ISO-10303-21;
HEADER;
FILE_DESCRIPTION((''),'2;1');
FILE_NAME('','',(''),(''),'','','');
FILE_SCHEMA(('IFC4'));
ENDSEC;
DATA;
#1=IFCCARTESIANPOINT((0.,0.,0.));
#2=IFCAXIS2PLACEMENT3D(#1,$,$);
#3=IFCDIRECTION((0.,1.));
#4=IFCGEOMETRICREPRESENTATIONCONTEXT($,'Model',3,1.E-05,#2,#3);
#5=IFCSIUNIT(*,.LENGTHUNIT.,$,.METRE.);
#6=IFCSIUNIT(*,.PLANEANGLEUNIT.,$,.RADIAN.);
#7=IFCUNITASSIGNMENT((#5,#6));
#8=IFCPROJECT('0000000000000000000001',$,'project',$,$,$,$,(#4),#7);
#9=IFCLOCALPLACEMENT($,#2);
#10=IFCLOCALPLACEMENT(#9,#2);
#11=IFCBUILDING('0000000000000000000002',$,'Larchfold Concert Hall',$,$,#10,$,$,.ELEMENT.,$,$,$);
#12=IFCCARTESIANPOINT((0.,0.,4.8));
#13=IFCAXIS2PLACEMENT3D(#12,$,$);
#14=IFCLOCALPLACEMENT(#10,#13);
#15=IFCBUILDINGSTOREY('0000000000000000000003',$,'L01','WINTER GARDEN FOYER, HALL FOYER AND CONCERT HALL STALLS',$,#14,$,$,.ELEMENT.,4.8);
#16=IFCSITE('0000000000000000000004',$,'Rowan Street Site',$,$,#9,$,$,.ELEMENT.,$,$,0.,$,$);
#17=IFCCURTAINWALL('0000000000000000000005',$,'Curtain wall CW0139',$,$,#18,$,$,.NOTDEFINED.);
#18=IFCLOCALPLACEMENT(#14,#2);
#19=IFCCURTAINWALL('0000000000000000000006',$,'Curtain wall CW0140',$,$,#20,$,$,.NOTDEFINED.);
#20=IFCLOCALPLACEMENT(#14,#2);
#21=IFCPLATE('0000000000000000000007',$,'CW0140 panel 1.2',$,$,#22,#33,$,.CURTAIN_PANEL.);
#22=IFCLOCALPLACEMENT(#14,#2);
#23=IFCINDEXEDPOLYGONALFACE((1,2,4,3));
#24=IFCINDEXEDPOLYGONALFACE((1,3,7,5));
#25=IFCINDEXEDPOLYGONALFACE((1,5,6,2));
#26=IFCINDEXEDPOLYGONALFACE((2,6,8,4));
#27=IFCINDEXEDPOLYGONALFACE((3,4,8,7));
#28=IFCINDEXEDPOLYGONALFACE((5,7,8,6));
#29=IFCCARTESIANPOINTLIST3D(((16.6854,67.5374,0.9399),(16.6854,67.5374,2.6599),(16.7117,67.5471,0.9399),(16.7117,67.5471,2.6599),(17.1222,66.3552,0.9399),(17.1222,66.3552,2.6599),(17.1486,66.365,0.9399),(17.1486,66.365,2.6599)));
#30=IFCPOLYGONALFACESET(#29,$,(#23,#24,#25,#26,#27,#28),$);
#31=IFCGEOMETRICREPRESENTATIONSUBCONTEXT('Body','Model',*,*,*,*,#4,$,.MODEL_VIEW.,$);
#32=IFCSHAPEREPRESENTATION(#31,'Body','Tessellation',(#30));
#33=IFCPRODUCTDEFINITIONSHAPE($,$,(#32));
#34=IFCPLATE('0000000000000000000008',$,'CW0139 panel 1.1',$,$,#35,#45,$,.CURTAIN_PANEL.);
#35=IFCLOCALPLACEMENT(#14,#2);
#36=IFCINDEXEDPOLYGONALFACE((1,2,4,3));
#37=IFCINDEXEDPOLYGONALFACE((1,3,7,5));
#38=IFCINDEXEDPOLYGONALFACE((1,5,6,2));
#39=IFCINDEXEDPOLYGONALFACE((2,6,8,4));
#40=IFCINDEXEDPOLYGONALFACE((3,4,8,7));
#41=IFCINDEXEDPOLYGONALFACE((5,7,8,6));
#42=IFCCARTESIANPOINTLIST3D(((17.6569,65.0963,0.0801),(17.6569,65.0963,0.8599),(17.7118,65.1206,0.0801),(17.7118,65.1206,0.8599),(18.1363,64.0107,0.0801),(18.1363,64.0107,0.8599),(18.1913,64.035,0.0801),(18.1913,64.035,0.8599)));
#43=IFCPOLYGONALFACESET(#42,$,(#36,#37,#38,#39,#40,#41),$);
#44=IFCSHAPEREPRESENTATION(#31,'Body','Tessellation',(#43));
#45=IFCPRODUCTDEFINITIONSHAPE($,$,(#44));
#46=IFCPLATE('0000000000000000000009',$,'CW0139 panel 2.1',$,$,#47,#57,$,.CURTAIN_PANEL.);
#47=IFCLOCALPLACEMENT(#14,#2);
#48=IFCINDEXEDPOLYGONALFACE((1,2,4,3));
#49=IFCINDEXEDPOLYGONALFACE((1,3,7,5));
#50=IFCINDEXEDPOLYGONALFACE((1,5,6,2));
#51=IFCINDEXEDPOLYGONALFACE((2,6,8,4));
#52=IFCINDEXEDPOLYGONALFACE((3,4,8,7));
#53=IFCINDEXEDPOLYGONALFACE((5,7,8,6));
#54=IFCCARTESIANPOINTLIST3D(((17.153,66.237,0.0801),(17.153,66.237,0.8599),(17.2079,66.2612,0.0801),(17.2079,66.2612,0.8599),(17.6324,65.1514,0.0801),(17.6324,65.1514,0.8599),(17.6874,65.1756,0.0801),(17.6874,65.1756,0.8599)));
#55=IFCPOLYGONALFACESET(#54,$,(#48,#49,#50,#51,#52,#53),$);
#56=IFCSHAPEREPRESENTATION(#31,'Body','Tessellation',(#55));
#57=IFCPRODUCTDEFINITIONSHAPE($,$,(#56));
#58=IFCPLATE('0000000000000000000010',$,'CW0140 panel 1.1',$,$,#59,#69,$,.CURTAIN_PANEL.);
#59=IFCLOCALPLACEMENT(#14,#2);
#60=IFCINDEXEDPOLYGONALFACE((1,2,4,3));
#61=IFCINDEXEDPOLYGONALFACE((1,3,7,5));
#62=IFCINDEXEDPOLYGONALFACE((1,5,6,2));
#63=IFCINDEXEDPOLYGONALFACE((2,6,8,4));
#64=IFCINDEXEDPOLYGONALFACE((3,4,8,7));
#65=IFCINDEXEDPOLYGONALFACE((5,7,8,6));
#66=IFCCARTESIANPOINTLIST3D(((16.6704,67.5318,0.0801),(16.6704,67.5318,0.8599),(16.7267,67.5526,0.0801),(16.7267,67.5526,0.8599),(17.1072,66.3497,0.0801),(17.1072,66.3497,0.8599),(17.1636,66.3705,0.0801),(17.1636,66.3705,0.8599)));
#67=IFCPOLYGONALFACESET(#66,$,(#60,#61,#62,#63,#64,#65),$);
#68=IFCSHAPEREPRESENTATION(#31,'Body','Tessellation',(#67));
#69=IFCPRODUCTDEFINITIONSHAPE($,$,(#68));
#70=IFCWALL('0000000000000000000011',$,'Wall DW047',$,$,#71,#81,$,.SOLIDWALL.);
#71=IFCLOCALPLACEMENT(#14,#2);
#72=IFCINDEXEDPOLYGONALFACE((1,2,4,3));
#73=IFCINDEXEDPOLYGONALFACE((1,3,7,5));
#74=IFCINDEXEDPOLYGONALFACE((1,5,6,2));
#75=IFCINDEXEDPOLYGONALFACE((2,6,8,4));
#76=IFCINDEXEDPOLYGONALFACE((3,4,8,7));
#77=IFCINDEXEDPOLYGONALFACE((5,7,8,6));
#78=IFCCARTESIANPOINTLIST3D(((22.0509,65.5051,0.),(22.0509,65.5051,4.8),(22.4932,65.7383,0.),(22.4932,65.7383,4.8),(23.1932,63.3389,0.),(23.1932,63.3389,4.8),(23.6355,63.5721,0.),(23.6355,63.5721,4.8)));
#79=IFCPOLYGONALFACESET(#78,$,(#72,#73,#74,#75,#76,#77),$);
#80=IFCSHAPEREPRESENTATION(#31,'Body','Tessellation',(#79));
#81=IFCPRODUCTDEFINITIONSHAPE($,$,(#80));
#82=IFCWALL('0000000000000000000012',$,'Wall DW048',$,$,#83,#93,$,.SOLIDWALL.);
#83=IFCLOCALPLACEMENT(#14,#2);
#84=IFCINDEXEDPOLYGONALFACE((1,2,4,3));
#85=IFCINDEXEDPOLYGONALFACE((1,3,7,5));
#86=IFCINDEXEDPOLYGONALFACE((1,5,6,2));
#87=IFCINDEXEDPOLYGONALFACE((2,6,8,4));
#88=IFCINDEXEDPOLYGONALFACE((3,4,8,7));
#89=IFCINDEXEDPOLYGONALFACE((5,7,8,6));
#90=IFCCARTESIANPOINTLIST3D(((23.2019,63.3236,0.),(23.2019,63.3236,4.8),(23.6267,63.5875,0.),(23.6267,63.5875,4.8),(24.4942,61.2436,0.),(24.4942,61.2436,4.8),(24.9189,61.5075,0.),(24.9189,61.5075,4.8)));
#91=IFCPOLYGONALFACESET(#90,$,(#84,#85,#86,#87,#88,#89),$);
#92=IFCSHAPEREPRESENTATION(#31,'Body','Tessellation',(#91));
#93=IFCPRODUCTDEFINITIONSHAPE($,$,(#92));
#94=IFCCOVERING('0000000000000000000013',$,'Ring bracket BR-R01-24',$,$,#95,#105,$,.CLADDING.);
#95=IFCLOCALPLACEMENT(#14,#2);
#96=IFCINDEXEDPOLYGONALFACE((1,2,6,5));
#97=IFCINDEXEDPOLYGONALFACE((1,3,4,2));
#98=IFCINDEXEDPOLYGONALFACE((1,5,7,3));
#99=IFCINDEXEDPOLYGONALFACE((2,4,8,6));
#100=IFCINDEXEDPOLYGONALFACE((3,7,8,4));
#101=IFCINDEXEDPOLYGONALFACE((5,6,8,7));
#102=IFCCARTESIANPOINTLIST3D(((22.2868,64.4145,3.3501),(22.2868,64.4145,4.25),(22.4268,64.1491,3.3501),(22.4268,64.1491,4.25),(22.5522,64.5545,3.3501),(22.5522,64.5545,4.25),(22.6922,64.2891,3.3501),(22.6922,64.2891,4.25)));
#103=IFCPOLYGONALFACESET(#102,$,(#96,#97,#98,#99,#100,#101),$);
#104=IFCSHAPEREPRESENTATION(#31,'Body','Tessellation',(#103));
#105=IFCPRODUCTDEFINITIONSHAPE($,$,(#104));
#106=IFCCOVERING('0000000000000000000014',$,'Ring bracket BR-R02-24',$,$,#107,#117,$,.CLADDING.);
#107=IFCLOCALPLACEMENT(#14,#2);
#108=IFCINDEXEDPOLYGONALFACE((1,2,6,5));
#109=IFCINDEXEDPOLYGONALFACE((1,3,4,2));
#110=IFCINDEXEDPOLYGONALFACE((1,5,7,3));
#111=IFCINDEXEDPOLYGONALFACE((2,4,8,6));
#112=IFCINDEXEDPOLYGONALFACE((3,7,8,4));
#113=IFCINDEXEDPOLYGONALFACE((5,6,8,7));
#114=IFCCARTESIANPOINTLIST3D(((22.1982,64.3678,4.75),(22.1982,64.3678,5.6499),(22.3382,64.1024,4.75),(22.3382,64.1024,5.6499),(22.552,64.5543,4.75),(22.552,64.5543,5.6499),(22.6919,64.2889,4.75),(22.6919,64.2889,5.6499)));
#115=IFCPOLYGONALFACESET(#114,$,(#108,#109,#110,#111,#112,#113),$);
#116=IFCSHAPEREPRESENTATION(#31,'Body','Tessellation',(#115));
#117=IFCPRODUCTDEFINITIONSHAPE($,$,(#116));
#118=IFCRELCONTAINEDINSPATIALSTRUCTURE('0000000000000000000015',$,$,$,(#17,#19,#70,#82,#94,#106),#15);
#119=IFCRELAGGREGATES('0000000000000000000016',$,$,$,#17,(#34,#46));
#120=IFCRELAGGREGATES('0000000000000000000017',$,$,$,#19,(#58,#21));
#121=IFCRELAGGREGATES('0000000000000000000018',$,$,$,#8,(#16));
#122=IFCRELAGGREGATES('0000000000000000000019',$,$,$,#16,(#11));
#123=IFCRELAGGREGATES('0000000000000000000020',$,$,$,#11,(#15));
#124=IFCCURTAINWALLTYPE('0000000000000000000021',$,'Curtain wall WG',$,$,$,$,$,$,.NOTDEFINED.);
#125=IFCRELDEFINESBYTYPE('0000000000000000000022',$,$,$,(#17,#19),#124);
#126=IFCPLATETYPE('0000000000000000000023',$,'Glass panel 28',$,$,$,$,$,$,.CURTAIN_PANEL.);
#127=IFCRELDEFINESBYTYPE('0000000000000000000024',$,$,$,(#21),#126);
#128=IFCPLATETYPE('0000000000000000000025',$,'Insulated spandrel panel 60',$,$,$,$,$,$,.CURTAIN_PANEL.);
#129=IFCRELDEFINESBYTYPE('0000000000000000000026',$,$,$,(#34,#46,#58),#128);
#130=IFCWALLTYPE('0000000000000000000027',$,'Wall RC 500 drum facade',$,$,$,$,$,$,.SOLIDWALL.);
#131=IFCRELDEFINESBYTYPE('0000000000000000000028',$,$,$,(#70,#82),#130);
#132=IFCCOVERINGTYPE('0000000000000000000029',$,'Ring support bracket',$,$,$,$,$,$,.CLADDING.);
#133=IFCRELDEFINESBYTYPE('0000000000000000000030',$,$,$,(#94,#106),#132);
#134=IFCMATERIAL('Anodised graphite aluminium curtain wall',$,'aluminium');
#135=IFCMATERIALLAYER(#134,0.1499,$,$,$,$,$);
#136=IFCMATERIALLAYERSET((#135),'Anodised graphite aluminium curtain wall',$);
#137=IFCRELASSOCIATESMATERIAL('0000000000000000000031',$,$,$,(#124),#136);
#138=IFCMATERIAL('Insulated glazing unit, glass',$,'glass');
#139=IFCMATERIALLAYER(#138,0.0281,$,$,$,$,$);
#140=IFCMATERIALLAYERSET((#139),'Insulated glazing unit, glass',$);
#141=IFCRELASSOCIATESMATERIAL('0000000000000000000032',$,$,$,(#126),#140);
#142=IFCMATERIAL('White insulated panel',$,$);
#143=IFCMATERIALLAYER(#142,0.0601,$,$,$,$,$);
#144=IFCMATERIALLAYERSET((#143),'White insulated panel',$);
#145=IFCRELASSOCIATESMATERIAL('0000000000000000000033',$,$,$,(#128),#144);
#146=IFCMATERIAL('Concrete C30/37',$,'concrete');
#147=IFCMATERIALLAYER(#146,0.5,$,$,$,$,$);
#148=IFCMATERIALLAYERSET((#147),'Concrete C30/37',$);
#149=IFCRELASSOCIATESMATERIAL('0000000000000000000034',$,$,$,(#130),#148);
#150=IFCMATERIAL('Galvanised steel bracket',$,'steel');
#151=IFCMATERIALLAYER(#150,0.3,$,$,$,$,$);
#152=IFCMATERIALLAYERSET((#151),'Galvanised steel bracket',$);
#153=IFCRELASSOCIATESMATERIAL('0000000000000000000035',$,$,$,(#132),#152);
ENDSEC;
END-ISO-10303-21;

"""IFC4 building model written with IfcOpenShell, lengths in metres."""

from ifc_helpers import new_model, si_unit, direction, frame, frame_2d, origin, origin_2d, place, context, subcontext, project, spatial, rectangle, extrude, material, layer, layer_set, type_object, element, aggregate, save


model = new_model("IFC4")

# Units and contexts
model_context = context("Model", 3, precision=1e-05, world=origin(), true_north=direction((0.0, 1.0)))
body_context = subcontext(model_context, "Body", "Model", "MODEL_VIEW")
ifc_project = project(units=[si_unit("LENGTHUNIT", "METRE"), si_unit("PLANEANGLEUNIT", "RADIAN")], contexts=[model_context])

# Site, building, storey
site_placement = place(None, origin())
site = spatial("IfcSite", under=ifc_project, at=site_placement, Name="Rowan Street Site", CompositionType="ELEMENT", RefElevation=0.0)
building_placement = place(site_placement, origin())
building = spatial("IfcBuilding", under=site, at=building_placement, Name="Larchfold Concert Hall", CompositionType="ELEMENT")
storey_placement = place(building_placement, frame((0.0, 0.0, 4.8)))
storey = spatial("IfcBuildingStorey", under=building, at=storey_placement, Name="L01", Description="WINTER GARDEN FOYER, HALL FOYER AND CONCERT HALL STALLS", CompositionType="ELEMENT", Elevation=4.8)

# Shared definitions
ifc_material_1 = material(Name="Anodised graphite aluminium curtain wall", Category="aluminium")
ifc_layer_1 = layer(ifc_material_1, 0.1499)
ifc_layer_set_1 = layer_set([ifc_layer_1], Name="Anodised graphite aluminium curtain wall")
curtain_wall_type = type_object("IfcCurtainWallType", Name="Curtain wall WG", PredefinedType="NOTDEFINED", material=ifc_layer_set_1)

# Curtain wall
curtain_wall_1_placement = place(storey_placement, origin())
curtain_wall_1 = element("IfcCurtainWall", 1, at=curtain_wall_1_placement, inside=storey, type_object=curtain_wall_type, Name="Curtain wall CW0139", PredefinedType="NOTDEFINED")

# Curtain wall
curtain_wall_2_placement = place(storey_placement, origin())
curtain_wall_2 = element("IfcCurtainWall", 2, at=curtain_wall_2_placement, inside=storey, type_object=curtain_wall_type, Name="Curtain wall CW0140", PredefinedType="NOTDEFINED")

# Plates
ifc_material_2 = material(Name="Insulated glazing unit, glass", Category="glass")
ifc_layer_2 = layer(ifc_material_2, 0.0281)
ifc_layer_set_2 = layer_set([ifc_layer_2], Name="Insulated glazing unit, glass")
plate_type_1 = type_object("IfcPlateType", Name="Glass panel 28", PredefinedType="CURTAIN_PANEL", material=ifc_layer_set_2)
plate_1_placement = place(storey_placement, frame((16.917, 66.9512, 0.9399), z_axis=(0.0, 0.0, 1.0), x_axis=(-0.346631, 0.938002, 0.0)))
plate_1 = element("IfcPlate", 3, at=plate_1_placement, type_object=plate_type_1, Name="CW0140 panel 1.2", PredefinedType="CURTAIN_PANEL", context=body_context, shape_type="SweptSolid", body=[
    extrude(rectangle(XDim=1.2603, YDim=0.0281, at=origin_2d()), origin(), (0.0, 0.0, 1.0), 1.72),
])
ifc_material_3 = material(Name="White insulated panel")
ifc_layer_3 = layer(ifc_material_3, 0.0601)
ifc_layer_set_3 = layer_set([ifc_layer_3], Name="White insulated panel")
plate_type_2 = type_object("IfcPlateType", Name="Insulated spandrel panel 60", PredefinedType="CURTAIN_PANEL", material=ifc_layer_set_3)
plate_2_placement = place(storey_placement, frame((17.9241, 64.5657, 0.0801), z_axis=(0.0, 0.0, 1.0), x_axis=(-0.404026, 0.914747, 0.0)))
plate_2 = element("IfcPlate", 4, at=plate_2_placement, type_object=plate_type_2, Name="CW0139 panel 1.1", PredefinedType="CURTAIN_PANEL", context=body_context, shape_type="SweptSolid", body=[
    extrude(rectangle(XDim=1.1868, YDim=0.0601, at=origin_2d()), origin(), (0.0, 0.0, 1.0), 0.7798),
])
plate_3_placement = place(storey_placement, frame((17.4202, 65.7063, 0.0801), z_axis=(0.0, 0.0, 1.0), x_axis=(-0.404026, 0.914747, 0.0)))
plate_3 = element("IfcPlate", 5, at=plate_3_placement, type_object=plate_type_2, Name="CW0139 panel 2.1", PredefinedType="CURTAIN_PANEL", context=body_context, shape_type="SweptSolid", body=[
    extrude(rectangle(XDim=1.1868, YDim=0.0601, at=origin_2d()), origin(), (0.0, 0.0, 1.0), 0.7798),
])
aggregate(curtain_wall_1, [plate_2, plate_3])
plate_4_placement = place(storey_placement, frame((16.917, 66.9512, 0.0801), z_axis=(0.0, 0.0, 1.0), x_axis=(-0.346631, 0.938002, 0.0)))
plate_4 = element("IfcPlate", 6, at=plate_4_placement, type_object=plate_type_2, Name="CW0140 panel 1.1", PredefinedType="CURTAIN_PANEL", context=body_context, shape_type="SweptSolid", body=[
    extrude(rectangle(XDim=1.2603, YDim=0.0601, at=origin_2d()), origin(), (0.0, 0.0, 1.0), 0.7798),
])
aggregate(curtain_wall_2, [plate_4, plate_1])

# Walls
ifc_material_4 = material(Name="Concrete C30/37", Category="concrete")
ifc_layer_4 = layer(ifc_material_4, 0.5)
ifc_layer_set_4 = layer_set([ifc_layer_4], Name="Concrete C30/37")
wall_type = type_object("IfcWallType", Name="Wall RC 500 drum facade", PredefinedType="SOLIDWALL", material=ifc_layer_set_4)
wall_1_placement = place(storey_placement, frame((22.272, 65.6218, 0.0), z_axis=(0.0, 0.0, 1.0), x_axis=(0.466449, -0.884548, 0.0)))
element("IfcWall", 7, at=wall_1_placement, inside=storey, type_object=wall_type, Name="Wall DW047", PredefinedType="SOLIDWALL", context=body_context, shape_type="SweptSolid", body=[
    extrude(rectangle(XDim=2.449, YDim=0.5, at=frame_2d((1.2246, 0.0))), origin(), (0.0, 0.0, 1.0), 4.8),
])
wall_2_placement = place(storey_placement, frame((23.4143, 63.4556, 0.0), z_axis=(0.0, 0.0, 1.0), x_axis=(0.527703, -0.849429, 0.0)))
element("IfcWall", 8, at=wall_2_placement, inside=storey, type_object=wall_type, Name="Wall DW048", PredefinedType="SOLIDWALL", context=body_context, shape_type="SweptSolid", body=[
    extrude(rectangle(XDim=2.4487, YDim=0.5, at=frame_2d((1.2244, 0.0))), origin(), (0.0, 0.0, 1.0), 4.8),
])

# Coverings
ifc_material_5 = material(Name="Galvanised steel bracket", Category="steel")
ifc_layer_5 = layer(ifc_material_5, 0.3)
ifc_layer_set_5 = layer_set([ifc_layer_5], Name="Galvanised steel bracket")
covering_type = type_object("IfcCoveringType", Name="Ring support bracket", PredefinedType="CLADDING", material=ifc_layer_set_5)
covering_1_placement = place(storey_placement, frame((22.4895, 64.3518, 3.3501), z_axis=(0.0, 0.0, 1.0), x_axis=(-0.884536, -0.466473, 0.0)))
element("IfcCovering", 9, at=covering_1_placement, inside=storey, type_object=covering_type, Name="Ring bracket BR-R01-24", PredefinedType="CLADDING", context=body_context, shape_type="SweptSolid", body=[
    extrude(rectangle(XDim=0.3, YDim=0.3, at=origin_2d()), origin(), (0.0, 0.0, 1.0), 0.8999),
])
covering_2_placement = place(storey_placement, frame((22.4451, 64.3284, 4.75), z_axis=(0.0, 0.0, 1.0), x_axis=(-0.884536, -0.466473, 0.0)))
element("IfcCovering", 10, at=covering_2_placement, inside=storey, type_object=covering_type, Name="Ring bracket BR-R02-24", PredefinedType="CLADDING", context=body_context, shape_type="SweptSolid", body=[
    extrude(rectangle(XDim=0.3999, YDim=0.3, at=origin_2d()), origin(), (0.0, 0.0, 1.0), 0.8999),
])

save(model, "model.ifc")
